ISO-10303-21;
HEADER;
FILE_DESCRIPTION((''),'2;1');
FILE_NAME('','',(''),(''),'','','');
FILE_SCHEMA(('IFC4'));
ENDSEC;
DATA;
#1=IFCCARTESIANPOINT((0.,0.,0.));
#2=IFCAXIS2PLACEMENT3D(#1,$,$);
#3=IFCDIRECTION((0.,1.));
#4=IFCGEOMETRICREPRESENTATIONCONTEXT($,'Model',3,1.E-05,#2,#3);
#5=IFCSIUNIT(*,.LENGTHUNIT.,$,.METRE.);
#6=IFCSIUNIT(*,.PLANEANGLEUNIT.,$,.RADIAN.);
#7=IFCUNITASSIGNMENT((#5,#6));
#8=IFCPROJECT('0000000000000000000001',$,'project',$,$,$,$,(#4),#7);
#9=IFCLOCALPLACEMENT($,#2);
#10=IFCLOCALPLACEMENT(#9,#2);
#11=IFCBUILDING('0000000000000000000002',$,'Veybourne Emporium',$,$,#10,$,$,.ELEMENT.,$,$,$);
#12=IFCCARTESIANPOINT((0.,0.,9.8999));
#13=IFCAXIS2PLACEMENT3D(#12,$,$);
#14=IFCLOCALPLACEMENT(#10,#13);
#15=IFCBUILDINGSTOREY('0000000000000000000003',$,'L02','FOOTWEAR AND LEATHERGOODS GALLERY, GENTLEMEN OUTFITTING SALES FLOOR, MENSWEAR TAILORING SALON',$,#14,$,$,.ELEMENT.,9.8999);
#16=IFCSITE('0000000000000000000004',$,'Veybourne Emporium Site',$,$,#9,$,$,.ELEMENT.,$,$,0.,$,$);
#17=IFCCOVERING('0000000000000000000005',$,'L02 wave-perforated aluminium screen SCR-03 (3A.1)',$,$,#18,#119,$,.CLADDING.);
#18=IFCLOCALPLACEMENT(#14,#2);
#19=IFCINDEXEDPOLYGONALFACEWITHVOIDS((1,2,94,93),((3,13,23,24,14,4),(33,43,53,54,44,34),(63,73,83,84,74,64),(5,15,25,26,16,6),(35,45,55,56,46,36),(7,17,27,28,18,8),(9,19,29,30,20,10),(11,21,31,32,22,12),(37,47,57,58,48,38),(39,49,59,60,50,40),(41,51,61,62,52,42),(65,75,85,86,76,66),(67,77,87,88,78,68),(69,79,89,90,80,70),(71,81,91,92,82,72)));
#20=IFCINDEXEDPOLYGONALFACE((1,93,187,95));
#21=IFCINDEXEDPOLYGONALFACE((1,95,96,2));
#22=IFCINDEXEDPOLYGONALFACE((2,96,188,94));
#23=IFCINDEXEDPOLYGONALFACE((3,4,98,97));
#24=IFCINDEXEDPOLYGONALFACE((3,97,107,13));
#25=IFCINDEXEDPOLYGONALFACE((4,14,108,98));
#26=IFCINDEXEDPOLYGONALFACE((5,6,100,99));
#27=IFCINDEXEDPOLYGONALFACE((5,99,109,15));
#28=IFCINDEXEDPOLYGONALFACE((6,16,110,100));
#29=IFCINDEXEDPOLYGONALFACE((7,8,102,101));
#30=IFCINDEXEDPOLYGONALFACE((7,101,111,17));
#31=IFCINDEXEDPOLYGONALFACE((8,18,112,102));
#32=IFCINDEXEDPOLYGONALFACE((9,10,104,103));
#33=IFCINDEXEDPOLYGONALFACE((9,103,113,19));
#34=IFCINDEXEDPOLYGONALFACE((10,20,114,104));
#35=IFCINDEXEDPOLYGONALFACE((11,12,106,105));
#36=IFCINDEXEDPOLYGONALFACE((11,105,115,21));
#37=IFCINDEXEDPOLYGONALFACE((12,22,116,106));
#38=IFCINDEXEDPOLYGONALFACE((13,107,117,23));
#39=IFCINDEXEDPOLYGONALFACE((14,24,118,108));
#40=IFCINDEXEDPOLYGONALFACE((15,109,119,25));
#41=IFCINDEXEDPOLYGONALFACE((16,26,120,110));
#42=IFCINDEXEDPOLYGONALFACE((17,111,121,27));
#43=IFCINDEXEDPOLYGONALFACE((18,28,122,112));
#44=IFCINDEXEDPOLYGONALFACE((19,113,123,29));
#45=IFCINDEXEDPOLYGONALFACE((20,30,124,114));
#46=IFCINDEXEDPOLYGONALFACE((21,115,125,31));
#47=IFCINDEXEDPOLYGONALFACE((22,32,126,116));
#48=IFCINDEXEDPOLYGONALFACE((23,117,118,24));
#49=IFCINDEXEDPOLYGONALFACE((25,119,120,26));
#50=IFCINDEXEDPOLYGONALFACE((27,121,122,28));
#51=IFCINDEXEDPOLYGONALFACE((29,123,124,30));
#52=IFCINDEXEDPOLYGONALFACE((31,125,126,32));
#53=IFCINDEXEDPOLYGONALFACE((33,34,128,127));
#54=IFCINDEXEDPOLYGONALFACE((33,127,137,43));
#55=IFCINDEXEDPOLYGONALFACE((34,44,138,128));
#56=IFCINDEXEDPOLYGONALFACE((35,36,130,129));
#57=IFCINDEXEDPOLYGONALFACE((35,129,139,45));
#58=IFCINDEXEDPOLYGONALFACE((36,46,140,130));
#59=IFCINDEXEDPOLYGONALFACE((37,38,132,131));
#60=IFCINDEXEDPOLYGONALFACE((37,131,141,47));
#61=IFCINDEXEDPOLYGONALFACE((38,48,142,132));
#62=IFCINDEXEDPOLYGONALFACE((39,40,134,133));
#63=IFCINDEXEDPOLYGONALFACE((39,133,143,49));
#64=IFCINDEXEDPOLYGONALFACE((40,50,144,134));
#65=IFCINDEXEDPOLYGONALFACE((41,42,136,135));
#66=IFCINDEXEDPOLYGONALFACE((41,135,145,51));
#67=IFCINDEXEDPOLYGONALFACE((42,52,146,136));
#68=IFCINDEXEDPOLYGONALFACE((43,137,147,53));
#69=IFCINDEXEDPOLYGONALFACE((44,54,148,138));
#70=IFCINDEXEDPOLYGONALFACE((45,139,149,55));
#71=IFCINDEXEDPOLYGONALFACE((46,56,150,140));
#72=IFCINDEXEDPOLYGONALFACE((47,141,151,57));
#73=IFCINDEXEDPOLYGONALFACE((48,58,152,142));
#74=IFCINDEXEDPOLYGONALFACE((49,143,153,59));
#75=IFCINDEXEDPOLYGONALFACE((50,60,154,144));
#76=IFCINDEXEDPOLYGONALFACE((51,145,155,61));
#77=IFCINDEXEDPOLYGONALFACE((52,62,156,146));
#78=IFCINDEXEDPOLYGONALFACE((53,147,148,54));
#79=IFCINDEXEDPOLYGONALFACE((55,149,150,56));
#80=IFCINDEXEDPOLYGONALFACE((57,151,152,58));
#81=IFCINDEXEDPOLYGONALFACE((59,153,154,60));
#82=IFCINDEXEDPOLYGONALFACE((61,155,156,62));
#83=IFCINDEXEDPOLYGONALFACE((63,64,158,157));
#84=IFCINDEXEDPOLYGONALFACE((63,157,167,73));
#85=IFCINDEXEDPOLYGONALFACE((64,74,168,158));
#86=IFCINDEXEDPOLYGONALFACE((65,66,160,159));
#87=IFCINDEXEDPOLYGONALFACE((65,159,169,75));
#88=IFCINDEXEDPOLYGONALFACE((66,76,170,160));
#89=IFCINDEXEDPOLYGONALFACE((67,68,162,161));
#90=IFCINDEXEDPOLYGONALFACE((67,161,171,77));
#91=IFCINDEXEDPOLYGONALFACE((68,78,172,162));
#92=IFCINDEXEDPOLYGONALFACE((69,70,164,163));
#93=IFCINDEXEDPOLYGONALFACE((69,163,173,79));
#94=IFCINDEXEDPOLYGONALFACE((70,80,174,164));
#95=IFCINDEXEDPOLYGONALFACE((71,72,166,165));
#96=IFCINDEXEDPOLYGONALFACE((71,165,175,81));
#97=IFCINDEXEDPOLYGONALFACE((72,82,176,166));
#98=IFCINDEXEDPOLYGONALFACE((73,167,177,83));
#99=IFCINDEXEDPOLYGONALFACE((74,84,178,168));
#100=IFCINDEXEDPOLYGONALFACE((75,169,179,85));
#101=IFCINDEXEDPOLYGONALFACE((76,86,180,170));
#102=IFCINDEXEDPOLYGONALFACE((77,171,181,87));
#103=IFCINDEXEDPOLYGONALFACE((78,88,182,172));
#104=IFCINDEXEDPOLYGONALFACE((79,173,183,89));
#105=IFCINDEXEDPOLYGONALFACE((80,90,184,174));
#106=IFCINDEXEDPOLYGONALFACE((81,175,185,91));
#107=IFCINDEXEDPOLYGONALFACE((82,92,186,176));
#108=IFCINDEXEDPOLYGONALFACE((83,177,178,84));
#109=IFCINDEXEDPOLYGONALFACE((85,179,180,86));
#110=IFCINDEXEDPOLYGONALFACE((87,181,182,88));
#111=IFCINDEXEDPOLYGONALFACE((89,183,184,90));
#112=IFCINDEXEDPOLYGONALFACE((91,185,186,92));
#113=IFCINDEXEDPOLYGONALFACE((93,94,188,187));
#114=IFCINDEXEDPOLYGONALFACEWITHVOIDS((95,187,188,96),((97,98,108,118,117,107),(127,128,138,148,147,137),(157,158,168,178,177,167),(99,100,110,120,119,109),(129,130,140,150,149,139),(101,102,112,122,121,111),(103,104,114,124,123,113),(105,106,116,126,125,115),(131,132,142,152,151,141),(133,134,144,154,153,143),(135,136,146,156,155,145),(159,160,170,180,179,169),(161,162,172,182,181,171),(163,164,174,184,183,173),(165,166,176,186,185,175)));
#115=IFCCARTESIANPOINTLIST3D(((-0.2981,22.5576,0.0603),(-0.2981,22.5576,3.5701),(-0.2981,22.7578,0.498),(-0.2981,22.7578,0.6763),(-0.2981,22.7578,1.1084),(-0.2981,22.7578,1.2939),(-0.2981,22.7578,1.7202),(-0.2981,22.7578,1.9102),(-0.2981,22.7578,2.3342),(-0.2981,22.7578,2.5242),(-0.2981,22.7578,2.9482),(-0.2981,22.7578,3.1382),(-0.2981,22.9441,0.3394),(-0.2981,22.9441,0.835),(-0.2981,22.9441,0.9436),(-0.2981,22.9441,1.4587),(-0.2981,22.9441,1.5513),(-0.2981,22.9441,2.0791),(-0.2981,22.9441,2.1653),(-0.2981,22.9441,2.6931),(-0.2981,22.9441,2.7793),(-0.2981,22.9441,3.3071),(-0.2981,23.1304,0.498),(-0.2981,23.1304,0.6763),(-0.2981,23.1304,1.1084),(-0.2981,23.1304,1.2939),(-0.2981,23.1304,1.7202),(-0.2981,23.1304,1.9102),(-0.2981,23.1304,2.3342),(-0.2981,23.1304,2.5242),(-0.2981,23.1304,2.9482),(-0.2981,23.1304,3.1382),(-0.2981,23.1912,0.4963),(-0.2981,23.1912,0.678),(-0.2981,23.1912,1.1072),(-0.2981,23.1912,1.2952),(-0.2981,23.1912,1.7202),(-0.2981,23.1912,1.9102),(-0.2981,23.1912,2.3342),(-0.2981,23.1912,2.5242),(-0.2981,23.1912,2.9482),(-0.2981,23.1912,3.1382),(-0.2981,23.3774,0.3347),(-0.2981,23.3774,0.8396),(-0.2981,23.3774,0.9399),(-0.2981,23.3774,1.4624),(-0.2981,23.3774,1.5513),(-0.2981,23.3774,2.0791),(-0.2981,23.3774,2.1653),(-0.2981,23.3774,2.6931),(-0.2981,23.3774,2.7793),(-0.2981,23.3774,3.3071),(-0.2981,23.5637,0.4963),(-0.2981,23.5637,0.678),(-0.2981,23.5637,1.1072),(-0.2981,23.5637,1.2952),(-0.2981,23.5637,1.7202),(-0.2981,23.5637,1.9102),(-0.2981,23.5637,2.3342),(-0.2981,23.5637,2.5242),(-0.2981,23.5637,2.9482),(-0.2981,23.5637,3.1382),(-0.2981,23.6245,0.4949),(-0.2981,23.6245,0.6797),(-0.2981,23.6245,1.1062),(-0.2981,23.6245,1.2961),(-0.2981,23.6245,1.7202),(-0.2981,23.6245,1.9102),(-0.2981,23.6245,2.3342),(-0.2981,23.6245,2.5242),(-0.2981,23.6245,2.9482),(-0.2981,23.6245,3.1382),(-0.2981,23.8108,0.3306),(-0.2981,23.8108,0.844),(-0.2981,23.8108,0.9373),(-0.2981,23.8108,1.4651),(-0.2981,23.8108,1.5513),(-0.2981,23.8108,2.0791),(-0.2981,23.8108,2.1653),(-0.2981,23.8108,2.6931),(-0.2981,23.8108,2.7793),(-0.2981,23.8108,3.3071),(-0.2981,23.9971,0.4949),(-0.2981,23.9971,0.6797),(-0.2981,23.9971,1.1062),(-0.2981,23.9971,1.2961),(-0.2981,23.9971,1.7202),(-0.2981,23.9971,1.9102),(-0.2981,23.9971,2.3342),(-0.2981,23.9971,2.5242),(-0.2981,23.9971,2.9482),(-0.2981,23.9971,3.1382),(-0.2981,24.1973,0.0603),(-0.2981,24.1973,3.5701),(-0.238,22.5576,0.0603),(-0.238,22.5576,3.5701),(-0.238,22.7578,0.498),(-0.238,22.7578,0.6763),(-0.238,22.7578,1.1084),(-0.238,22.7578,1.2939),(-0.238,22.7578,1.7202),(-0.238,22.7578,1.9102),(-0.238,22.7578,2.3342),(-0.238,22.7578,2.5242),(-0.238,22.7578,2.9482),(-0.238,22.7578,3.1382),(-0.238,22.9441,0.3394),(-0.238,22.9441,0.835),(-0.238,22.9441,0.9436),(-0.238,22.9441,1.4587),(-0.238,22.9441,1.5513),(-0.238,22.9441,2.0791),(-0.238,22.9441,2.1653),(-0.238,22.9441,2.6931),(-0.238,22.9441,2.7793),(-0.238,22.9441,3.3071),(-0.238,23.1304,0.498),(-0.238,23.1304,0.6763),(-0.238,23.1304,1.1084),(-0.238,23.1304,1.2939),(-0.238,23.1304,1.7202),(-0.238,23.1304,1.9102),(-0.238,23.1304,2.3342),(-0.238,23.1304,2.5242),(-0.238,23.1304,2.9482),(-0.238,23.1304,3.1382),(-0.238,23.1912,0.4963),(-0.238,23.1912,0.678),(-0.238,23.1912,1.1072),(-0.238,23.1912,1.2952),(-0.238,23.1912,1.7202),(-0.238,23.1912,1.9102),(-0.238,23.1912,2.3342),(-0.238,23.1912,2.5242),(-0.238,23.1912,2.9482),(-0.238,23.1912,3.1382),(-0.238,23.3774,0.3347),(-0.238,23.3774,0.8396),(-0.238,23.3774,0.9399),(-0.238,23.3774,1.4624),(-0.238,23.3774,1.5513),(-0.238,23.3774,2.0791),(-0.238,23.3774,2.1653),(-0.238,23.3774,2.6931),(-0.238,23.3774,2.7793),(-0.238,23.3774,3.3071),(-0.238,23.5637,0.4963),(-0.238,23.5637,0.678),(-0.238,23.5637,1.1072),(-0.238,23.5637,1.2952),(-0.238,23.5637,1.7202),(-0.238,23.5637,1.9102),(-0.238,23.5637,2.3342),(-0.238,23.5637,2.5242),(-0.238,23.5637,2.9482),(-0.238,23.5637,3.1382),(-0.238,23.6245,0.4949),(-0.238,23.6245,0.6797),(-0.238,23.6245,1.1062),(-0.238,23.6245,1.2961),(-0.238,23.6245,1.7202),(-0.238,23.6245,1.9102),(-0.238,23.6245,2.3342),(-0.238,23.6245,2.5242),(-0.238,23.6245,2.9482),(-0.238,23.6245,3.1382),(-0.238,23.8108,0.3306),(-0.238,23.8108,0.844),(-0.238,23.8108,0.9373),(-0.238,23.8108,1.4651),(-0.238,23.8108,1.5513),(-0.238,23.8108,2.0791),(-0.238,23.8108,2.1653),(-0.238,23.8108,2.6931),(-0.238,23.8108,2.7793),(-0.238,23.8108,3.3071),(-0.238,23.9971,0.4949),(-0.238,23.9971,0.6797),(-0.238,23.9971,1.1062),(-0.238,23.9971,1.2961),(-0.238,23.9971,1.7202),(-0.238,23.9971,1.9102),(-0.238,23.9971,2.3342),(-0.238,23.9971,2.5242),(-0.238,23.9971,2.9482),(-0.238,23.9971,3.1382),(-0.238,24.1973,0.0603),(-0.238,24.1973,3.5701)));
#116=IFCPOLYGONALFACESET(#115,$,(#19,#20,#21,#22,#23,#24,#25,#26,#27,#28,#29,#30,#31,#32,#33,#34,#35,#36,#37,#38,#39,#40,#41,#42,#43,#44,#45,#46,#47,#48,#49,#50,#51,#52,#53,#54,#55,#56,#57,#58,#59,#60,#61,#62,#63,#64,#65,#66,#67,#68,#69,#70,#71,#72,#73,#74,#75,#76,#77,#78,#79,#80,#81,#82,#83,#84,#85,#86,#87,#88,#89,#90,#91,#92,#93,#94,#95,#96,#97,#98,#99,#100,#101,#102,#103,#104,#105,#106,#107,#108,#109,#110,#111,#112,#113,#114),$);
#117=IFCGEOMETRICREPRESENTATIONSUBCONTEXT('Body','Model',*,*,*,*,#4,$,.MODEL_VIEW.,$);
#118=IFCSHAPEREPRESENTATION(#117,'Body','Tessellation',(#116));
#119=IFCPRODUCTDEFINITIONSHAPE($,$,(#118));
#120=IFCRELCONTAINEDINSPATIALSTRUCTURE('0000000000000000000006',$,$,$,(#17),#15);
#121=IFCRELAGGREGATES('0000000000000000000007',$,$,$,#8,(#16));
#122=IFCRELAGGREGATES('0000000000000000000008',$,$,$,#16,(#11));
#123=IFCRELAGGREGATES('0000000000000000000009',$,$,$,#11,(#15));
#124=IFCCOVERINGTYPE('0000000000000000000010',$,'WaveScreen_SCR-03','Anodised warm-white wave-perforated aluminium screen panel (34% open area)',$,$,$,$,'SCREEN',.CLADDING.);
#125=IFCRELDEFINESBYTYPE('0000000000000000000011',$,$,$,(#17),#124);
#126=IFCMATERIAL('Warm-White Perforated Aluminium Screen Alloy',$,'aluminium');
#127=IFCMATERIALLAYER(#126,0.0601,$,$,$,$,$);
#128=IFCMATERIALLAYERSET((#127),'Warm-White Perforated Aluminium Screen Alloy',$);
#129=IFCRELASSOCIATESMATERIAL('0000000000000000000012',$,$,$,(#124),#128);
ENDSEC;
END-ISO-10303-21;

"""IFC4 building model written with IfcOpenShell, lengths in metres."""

from ifc_helpers import new_model, si_unit, direction, frame, origin, place, context, subcontext, project, spatial, polyline, outline, extrude, material, layer, layer_set, type_object, element, save


model = new_model("IFC4")

# Units and contexts
model_context = context("Model", 3, precision=1e-05, world=origin(), true_north=direction((0.0, 1.0)))
body_context = subcontext(model_context, "Body", "Model", "MODEL_VIEW")
ifc_project = project(units=[si_unit("LENGTHUNIT", "METRE"), si_unit("PLANEANGLEUNIT", "RADIAN")], contexts=[model_context])

# Site, building, storey
site_placement = place(None, origin())
site = spatial("IfcSite", under=ifc_project, at=site_placement, Name="Veybourne Emporium Site", CompositionType="ELEMENT", RefElevation=0.0)
building_placement = place(site_placement, origin())
building = spatial("IfcBuilding", under=site, at=building_placement, Name="Veybourne Emporium", CompositionType="ELEMENT")
storey_placement = place(building_placement, frame((0.0, 0.0, 9.8999)))
storey = spatial("IfcBuildingStorey", under=building, at=storey_placement, Name="L02", Description="FOOTWEAR AND LEATHERGOODS GALLERY, GENTLEMEN OUTFITTING SALES FLOOR, MENSWEAR TAILORING SALON", CompositionType="ELEMENT", Elevation=9.8999)

# Covering
ifc_material_1 = material(Name="Warm-White Perforated Aluminium Screen Alloy", Category="aluminium")
ifc_layer_1 = layer(ifc_material_1, 0.0601)
ifc_layer_set_1 = layer_set([ifc_layer_1], Name="Warm-White Perforated Aluminium Screen Alloy")
covering_type_1 = type_object("IfcCoveringType", Name="WaveScreen_SCR-03", Description="Anodised warm-white wave-perforated aluminium screen panel (34% open area)", ElementType="SCREEN", PredefinedType="CLADDING", material=ifc_layer_set_1)
covering_1_placement = place(storey_placement, frame((-0.2981, 23.3774, 1.8152), z_axis=(1.0, 0.0, 0.0), x_axis=(0.0, 1.0, 0.0)))
element("IfcCovering", 1, at=covering_1_placement, inside=storey, type_object=covering_type_1, Name="L02 wave-perforated aluminium screen SCR-03 (3A.1)", PredefinedType="CLADDING", context=body_context, shape_type="SweptSolid", body=[
    extrude(outline(polyline([(-0.8198, -1.7549), (0.8198, -1.7549), (0.8198, 1.7549), (-0.8198, 1.7549), (-0.8198, -1.7549)]), holes=[polyline([(-0.4333, -0.9802), (-0.2471, -1.1389), (-0.2471, -1.3171), (-0.4333, -1.4758), (-0.6196, -1.3171), (-0.6196, -1.1389), (-0.4333, -0.9802)]), polyline([(-0.4333, -0.3564), (-0.2471, -0.5212), (-0.2471, -0.7068), (-0.4333, -0.8716), (-0.6196, -0.7068), (-0.6196, -0.5212), (-0.4333, -0.3564)]), polyline([(-0.4333, 0.2639), (-0.2471, 0.095), (-0.2471, -0.095), (-0.4333, -0.2639), (-0.6196, -0.095), (-0.6196, 0.095), (-0.4333, 0.2639)]), polyline([(-0.4333, 0.8779), (-0.2471, 0.709), (-0.2471, 0.519), (-0.4333, 0.3501), (-0.6196, 0.519), (-0.6196, 0.709), (-0.4333, 0.8779)]), polyline([(-0.4333, 1.4919), (-0.2471, 1.323), (-0.2471, 1.1331), (-0.4333, 0.9641), (-0.6196, 1.1331), (-0.6196, 1.323), (-0.4333, 1.4919)]), polyline([(0.0, -0.9756), (0.1863, -1.1372), (0.1863, -1.3188), (0.0, -1.4805), (-0.1863, -1.3188), (-0.1863, -1.1372), (0.0, -0.9756)]), polyline([(0.0, -0.3528), (0.1863, -0.52), (0.1863, -0.708), (0.0, -0.8752), (-0.1863, -0.708), (-0.1863, -0.52), (0.0, -0.3528)]), polyline([(0.0, 0.2639), (0.1863, 0.095), (0.1863, -0.095), (0.0, -0.2639), (-0.1863, -0.095), (-0.1863, 0.095), (0.0, 0.2639)]), polyline([(0.0, 0.8779), (0.1863, 0.709), (0.1863, 0.519), (0.0, 0.3501), (-0.1863, 0.519), (-0.1863, 0.709), (0.0, 0.8779)]), polyline([(0.0, 1.4919), (0.1863, 1.323), (0.1863, 1.1331), (0.0, 0.9641), (-0.1863, 1.1331), (-0.1863, 1.323), (0.0, 1.4919)]), polyline([(0.4333, -0.9712), (0.6196, -1.1355), (0.6196, -1.3203), (0.4333, -1.4846), (0.2471, -1.3203), (0.2471, -1.1355), (0.4333, -0.9712)]), polyline([(0.4333, -0.3501), (0.6196, -0.519), (0.6196, -0.709), (0.4333, -0.8779), (0.2471, -0.709), (0.2471, -0.519), (0.4333, -0.3501)]), polyline([(0.4333, 0.2639), (0.6196, 0.095), (0.6196, -0.095), (0.4333, -0.2639), (0.2471, -0.095), (0.2471, 0.095), (0.4333, 0.2639)]), polyline([(0.4333, 0.8779), (0.6196, 0.709), (0.6196, 0.519), (0.4333, 0.3501), (0.2471, 0.519), (0.2471, 0.709), (0.4333, 0.8779)]), polyline([(0.4333, 1.4919), (0.6196, 1.323), (0.6196, 1.1331), (0.4333, 0.9641), (0.2471, 1.1331), (0.2471, 1.323), (0.4333, 1.4919)])]), origin(), (0.0, 0.0, 1.0), 0.0601),
])

save(model, "model.ifc")
